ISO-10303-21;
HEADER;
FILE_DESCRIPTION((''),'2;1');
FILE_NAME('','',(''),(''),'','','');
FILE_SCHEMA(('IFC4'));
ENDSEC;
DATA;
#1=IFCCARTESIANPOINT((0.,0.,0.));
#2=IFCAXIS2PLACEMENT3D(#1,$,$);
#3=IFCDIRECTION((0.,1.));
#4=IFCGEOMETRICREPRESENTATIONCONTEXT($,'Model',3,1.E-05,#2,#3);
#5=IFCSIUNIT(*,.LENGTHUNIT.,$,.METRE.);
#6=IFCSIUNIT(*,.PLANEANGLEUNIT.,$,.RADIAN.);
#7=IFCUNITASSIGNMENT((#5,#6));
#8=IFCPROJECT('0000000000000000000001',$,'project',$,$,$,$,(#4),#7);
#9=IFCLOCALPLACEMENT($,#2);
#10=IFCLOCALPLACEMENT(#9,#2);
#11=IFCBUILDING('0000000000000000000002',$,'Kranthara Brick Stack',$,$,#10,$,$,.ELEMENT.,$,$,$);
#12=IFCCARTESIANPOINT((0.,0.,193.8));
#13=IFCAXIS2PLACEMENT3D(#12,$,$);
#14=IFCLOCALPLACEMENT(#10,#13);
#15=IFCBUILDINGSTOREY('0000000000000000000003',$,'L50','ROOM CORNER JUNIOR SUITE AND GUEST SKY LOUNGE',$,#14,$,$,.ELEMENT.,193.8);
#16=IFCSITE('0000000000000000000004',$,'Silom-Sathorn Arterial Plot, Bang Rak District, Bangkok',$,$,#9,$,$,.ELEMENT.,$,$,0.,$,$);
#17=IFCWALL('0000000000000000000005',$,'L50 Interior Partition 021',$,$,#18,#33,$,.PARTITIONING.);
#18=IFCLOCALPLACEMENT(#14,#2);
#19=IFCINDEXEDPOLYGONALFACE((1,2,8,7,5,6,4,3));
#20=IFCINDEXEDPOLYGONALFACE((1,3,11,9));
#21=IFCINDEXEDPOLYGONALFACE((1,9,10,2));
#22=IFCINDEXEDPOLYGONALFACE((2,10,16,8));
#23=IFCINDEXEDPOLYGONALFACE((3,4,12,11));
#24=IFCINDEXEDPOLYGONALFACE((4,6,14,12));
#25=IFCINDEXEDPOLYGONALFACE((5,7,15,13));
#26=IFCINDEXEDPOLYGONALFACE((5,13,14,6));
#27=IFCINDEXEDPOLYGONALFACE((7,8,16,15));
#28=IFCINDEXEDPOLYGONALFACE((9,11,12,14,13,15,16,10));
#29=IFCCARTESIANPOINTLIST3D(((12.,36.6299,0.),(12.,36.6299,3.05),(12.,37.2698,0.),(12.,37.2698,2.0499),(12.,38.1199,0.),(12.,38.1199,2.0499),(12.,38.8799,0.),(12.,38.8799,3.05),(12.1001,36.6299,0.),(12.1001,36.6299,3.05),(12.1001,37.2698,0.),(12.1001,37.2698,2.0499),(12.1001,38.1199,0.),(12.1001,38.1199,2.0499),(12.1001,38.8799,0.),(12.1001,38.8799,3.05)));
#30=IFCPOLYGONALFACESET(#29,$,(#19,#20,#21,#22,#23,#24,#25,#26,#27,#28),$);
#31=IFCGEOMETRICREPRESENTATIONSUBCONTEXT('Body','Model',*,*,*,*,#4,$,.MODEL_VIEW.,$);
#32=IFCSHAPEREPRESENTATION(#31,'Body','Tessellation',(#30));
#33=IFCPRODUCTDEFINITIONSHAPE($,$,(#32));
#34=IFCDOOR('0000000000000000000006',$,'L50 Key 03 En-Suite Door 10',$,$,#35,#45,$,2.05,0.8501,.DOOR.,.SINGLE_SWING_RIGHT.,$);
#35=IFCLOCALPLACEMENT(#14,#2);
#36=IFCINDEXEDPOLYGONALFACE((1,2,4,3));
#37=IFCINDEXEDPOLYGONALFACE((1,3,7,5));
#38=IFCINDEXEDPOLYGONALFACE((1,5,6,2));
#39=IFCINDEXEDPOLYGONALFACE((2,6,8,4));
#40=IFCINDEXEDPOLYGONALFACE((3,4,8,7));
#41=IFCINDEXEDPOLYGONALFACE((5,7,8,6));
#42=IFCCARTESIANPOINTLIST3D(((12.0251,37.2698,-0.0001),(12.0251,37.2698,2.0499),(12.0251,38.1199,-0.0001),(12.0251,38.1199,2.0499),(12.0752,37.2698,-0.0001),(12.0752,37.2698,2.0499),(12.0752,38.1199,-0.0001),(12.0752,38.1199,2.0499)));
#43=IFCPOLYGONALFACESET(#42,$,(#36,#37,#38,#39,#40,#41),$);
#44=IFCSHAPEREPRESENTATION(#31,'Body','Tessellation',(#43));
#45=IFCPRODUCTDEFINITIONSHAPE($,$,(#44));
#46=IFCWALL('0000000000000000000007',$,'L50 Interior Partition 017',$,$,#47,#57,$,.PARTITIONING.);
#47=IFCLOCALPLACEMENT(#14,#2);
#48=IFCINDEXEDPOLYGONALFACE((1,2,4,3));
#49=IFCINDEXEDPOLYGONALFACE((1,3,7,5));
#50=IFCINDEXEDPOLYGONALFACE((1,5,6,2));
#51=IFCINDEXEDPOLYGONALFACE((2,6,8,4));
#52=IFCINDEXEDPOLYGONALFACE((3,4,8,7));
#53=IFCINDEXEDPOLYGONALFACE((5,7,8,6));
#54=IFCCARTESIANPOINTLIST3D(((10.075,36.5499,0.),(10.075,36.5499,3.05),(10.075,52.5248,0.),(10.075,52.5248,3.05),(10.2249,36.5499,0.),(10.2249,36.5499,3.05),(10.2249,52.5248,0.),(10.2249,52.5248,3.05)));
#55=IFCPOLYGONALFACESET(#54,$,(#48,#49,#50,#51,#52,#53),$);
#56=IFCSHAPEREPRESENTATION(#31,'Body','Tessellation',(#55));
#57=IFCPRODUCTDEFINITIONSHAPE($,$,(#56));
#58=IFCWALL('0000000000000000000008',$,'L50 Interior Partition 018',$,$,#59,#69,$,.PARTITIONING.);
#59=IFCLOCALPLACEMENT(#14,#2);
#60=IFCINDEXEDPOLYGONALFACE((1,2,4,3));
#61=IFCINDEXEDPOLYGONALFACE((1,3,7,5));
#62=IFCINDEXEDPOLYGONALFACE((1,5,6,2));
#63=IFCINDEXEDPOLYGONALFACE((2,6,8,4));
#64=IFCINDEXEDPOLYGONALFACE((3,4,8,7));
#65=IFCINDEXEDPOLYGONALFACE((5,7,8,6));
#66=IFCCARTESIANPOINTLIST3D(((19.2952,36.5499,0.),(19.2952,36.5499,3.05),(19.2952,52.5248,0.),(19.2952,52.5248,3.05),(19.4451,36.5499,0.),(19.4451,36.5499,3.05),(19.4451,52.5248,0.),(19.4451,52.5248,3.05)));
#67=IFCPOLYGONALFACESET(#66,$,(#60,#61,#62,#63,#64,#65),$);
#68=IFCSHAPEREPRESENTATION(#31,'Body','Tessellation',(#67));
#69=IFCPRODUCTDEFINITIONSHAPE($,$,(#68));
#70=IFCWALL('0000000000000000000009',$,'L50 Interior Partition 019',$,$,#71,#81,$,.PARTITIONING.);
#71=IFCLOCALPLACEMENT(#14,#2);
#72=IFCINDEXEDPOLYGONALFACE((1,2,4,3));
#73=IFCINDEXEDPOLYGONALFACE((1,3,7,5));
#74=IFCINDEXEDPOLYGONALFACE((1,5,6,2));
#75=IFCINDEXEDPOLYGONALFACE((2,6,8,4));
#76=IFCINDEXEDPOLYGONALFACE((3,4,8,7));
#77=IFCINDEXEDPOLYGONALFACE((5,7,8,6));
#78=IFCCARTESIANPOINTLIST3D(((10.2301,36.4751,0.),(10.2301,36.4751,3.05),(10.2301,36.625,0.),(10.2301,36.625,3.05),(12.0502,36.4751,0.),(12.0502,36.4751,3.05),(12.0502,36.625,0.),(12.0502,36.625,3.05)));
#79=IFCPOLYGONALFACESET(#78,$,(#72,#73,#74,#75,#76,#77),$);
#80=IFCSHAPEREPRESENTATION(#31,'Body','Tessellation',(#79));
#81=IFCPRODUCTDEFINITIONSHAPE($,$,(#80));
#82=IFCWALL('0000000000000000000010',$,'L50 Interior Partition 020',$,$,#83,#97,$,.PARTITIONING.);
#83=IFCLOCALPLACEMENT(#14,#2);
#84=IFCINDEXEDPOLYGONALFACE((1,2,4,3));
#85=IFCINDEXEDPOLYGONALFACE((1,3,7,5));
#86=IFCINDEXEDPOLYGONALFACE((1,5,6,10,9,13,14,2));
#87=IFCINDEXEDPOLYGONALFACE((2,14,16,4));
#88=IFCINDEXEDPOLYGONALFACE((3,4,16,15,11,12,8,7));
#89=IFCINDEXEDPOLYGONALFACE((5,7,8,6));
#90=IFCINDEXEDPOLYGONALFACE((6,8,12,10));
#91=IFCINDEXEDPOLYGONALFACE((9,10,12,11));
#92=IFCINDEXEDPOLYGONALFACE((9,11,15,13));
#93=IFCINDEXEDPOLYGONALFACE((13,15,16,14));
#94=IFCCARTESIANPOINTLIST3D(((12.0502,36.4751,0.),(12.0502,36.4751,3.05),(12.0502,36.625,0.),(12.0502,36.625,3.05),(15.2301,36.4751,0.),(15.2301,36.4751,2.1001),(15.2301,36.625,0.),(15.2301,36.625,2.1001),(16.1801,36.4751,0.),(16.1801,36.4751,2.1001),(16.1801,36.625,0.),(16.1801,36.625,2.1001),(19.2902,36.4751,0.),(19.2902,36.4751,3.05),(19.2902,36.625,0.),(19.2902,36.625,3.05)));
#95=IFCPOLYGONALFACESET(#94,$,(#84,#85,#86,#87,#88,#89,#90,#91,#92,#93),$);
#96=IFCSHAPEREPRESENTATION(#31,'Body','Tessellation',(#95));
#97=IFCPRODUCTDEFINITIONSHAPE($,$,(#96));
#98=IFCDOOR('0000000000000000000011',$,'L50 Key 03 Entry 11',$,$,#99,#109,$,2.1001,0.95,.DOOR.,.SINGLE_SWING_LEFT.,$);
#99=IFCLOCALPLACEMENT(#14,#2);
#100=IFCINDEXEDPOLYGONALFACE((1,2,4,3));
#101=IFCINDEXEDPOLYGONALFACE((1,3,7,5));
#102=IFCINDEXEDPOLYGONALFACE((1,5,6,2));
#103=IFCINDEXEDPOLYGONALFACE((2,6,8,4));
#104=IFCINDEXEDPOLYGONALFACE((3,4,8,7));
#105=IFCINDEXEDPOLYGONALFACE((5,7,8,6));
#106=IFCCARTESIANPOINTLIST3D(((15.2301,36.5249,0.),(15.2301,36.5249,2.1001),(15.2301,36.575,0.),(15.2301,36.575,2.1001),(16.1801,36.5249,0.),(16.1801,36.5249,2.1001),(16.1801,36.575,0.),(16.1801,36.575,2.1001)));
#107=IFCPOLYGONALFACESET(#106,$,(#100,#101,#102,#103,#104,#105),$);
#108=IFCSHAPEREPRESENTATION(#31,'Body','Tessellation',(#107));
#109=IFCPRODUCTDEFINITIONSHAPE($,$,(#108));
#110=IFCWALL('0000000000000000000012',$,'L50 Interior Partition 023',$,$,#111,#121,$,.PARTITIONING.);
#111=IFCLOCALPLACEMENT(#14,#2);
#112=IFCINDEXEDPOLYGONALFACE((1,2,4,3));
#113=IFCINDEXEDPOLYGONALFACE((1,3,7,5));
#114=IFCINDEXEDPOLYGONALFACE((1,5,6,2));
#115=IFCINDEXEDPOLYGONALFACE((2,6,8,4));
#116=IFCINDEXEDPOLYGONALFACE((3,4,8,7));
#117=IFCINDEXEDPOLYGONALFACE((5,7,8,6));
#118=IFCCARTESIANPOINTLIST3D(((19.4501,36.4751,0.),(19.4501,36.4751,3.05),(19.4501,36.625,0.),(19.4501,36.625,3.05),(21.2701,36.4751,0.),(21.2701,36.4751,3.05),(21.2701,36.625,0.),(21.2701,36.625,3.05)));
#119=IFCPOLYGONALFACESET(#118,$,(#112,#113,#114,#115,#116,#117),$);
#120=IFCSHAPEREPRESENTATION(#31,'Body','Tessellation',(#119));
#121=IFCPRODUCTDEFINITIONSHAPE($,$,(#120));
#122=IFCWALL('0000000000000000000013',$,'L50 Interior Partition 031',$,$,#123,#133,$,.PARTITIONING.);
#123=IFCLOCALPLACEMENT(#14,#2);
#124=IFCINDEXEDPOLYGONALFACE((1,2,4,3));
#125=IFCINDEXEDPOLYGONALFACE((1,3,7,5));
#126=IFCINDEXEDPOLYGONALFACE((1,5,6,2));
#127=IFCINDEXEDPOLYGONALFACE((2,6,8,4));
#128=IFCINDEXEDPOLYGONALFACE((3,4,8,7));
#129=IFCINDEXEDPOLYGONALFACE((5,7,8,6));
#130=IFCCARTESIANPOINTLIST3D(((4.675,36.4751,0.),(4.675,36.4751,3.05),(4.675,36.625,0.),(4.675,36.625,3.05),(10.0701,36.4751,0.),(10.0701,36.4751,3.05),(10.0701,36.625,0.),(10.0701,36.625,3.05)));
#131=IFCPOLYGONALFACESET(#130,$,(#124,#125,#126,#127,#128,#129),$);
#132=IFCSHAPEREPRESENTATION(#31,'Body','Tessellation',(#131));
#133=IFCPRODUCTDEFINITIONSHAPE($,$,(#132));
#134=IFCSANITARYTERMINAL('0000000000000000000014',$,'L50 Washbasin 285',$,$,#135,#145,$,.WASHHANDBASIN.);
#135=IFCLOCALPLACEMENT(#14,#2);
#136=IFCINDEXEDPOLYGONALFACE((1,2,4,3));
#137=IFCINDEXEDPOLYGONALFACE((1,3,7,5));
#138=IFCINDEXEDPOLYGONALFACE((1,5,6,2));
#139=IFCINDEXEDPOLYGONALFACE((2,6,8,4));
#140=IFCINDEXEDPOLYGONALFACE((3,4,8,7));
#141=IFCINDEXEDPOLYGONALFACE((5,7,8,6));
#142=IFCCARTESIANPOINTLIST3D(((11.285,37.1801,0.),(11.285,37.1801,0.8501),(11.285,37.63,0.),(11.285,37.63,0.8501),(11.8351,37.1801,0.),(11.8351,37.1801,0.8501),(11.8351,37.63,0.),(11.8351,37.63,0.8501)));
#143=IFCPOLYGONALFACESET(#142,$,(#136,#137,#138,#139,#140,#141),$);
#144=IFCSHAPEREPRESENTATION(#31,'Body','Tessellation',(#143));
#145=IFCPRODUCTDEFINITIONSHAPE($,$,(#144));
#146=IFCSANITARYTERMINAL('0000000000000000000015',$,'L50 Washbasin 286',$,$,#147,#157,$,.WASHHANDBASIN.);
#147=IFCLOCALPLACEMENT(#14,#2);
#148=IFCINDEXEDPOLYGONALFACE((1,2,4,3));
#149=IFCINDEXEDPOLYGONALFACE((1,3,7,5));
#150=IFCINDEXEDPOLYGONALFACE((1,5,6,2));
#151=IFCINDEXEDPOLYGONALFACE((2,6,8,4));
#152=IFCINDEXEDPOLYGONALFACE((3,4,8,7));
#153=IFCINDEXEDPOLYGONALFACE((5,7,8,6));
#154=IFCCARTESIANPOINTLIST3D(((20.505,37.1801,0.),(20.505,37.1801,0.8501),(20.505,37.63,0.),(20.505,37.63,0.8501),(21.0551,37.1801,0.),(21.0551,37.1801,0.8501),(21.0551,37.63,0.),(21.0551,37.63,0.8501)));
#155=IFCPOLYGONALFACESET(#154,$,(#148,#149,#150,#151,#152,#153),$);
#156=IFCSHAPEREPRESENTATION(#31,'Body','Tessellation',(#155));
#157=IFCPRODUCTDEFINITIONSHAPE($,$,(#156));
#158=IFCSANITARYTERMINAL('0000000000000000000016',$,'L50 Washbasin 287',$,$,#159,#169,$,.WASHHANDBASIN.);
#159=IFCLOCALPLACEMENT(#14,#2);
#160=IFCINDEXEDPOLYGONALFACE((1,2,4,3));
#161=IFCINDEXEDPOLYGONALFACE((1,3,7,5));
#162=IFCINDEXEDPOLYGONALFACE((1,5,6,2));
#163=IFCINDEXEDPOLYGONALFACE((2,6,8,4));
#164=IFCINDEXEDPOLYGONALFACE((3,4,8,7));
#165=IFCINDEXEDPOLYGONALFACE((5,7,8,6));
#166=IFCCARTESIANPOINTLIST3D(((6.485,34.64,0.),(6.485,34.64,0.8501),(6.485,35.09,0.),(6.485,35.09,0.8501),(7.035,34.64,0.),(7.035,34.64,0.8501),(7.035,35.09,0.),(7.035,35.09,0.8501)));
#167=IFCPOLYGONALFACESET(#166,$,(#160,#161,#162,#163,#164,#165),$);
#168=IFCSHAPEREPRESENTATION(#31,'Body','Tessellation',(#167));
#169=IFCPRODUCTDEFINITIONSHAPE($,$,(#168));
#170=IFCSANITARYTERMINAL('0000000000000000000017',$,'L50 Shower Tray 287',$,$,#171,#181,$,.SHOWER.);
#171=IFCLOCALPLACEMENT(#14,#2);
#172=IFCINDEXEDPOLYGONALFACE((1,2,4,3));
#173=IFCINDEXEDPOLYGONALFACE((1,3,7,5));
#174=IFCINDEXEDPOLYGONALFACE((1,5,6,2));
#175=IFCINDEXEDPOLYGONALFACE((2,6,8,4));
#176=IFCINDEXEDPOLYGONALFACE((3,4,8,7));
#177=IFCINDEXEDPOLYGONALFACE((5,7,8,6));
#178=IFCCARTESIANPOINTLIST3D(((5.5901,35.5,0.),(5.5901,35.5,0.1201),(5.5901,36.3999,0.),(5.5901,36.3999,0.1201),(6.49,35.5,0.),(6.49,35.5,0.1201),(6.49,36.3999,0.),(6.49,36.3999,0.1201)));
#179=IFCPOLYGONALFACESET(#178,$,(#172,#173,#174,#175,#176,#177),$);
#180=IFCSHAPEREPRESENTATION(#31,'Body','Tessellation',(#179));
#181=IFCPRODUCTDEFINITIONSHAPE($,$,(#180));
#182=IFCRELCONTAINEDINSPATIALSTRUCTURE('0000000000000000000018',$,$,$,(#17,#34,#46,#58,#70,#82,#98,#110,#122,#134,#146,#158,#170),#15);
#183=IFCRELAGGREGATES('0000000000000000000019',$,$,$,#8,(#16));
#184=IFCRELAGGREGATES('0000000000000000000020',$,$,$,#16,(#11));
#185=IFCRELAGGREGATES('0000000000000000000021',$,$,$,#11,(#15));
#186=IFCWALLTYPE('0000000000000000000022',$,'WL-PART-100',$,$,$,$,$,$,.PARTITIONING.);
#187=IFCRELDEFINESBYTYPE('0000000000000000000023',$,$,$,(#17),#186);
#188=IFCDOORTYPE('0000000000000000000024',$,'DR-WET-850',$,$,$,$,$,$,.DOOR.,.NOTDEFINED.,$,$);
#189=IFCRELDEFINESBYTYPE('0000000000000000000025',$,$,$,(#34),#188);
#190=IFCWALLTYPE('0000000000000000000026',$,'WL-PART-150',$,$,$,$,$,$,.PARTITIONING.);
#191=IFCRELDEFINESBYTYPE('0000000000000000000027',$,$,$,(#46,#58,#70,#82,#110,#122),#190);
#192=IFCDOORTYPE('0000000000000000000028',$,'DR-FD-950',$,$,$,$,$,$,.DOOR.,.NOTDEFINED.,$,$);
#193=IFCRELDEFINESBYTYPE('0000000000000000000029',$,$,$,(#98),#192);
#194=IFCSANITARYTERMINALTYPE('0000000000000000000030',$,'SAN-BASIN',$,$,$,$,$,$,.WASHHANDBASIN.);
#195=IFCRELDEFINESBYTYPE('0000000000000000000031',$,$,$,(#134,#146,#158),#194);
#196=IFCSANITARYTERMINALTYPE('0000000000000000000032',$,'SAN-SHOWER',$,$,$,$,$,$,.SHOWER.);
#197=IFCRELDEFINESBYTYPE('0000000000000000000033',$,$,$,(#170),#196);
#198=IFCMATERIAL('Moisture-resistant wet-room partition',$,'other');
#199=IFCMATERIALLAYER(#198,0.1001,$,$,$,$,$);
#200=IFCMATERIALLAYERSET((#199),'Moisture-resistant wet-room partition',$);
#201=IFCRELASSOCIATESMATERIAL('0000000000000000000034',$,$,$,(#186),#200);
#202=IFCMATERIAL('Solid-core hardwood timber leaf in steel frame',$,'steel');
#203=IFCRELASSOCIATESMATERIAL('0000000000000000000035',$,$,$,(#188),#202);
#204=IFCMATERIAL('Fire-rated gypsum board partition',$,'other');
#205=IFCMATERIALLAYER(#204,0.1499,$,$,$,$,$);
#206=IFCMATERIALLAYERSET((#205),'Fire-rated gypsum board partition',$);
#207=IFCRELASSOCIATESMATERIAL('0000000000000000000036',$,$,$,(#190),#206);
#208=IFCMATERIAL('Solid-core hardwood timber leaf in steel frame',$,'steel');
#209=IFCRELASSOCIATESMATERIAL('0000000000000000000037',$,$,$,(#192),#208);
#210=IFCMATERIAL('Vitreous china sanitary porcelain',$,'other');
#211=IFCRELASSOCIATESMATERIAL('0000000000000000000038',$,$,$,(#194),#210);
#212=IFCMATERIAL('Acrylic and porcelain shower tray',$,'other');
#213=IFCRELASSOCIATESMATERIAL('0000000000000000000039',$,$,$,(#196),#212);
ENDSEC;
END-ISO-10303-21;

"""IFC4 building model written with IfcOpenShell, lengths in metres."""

from ifc_helpers import new_model, si_unit, direction, frame, frame_2d, origin, origin_2d, place, context, subcontext, project, spatial, rectangle, extrude, material, layer, layer_set, type_object, element, fill, save


model = new_model("IFC4")

# Units and contexts
model_context = context("Model", 3, precision=1e-05, world=origin(), true_north=direction((0.0, 1.0)))
body_context = subcontext(model_context, "Body", "Model", "MODEL_VIEW")
ifc_project = project(units=[si_unit("LENGTHUNIT", "METRE"), si_unit("PLANEANGLEUNIT", "RADIAN")], contexts=[model_context])

# Site, building, storey
site_placement = place(None, origin())
site = spatial("IfcSite", under=ifc_project, at=site_placement, Name="Silom-Sathorn Arterial Plot, Bang Rak District, Bangkok", CompositionType="ELEMENT", RefElevation=0.0)
building_placement = place(site_placement, origin())
building = spatial("IfcBuilding", under=site, at=building_placement, Name="Kranthara Brick Stack", CompositionType="ELEMENT")
storey_placement = place(building_placement, frame((0.0, 0.0, 193.8)))
storey = spatial("IfcBuildingStorey", under=building, at=storey_placement, Name="L50", Description="ROOM CORNER JUNIOR SUITE AND GUEST SKY LOUNGE", CompositionType="ELEMENT", Elevation=193.8)

# Wall, opening, door
ifc_material_1 = material(Name="Moisture-resistant wet-room partition", Category="other")
ifc_layer_1 = layer(ifc_material_1, 0.1001)
ifc_layer_set_1 = layer_set([ifc_layer_1], Name="Moisture-resistant wet-room partition")
wall_type_1 = type_object("IfcWallType", Name="WL-PART-100", PredefinedType="PARTITIONING", material=ifc_layer_set_1)
wall_1_placement = place(storey_placement, frame((12.05, 36.6299, 0.0), z_axis=(0.0, 0.0, 1.0), x_axis=(0.0, 1.0, 0.0)))
wall_1 = element("IfcWall", 1, at=wall_1_placement, inside=storey, type_object=wall_type_1, Name="L50 Interior Partition 021", PredefinedType="PARTITIONING", context=body_context, shape_type="SweptSolid", body=[
    extrude(rectangle(XDim=2.25, YDim=0.1001, at=frame_2d((1.125, 0.0))), origin(), (0.0, 0.0, 1.0), 3.05),
])
opening_1_placement = place(wall_1_placement, frame((0.6399, 0.0, 0.0)))
opening_1 = element("IfcOpeningElement", 2, at=opening_1_placement, cuts=wall_1, PredefinedType="OPENING", context=body_context, shape_type="SweptSolid", body=[
    extrude(rectangle(XDim=0.8501, YDim=2.05, at=frame_2d((0.425, 1.0249))), frame((0.0, 0.0601, 0.0), z_axis=(0.0, -1.0, 0.0), x_axis=(1.0, 0.0, 0.0)), (0.0, 0.0, 1.0), 0.1201),
])
ifc_material_2 = material(Name="Solid-core hardwood timber leaf in steel frame", Category="steel")
door_type_1 = type_object("IfcDoorType", Name="DR-WET-850", OperationType="NOTDEFINED", PredefinedType="DOOR", material=ifc_material_2)
door_1_placement = place(opening_1_placement, origin())
door_1 = element("IfcDoor", 3, at=door_1_placement, inside=storey, type_object=door_type_1, Name="L50 Key 03 En-Suite Door 10", OperationType="SINGLE_SWING_RIGHT", OverallHeight=2.05, OverallWidth=0.8501, PredefinedType="DOOR", context=body_context, shape_type="SweptSolid", body=[
    extrude(rectangle(XDim=0.8501, YDim=2.05, at=frame_2d((0.425, 1.0249))), frame((0.0, 0.0249, 0.0), z_axis=(0.0, -1.0, 0.0), x_axis=(1.0, 0.0, 0.0)), (0.0, 0.0, 1.0), 0.05),
])
fill(opening_1, door_1)

# Walls
ifc_material_3 = material(Name="Fire-rated gypsum board partition", Category="other")
ifc_layer_2 = layer(ifc_material_3, 0.1499)
ifc_layer_set_2 = layer_set([ifc_layer_2], Name="Fire-rated gypsum board partition")
wall_type_2 = type_object("IfcWallType", Name="WL-PART-150", PredefinedType="PARTITIONING", material=ifc_layer_set_2)
for number, where, z_axis, x_axis, name in (
    (4, (10.1499, 36.55, 0.0), (0.0, 0.0, 1.0), (0.0, 1.0, 0.0), "L50 Interior Partition 017"),
    (5, (19.3701, 36.55, 0.0), (0.0, 0.0, 1.0), (0.0, 1.0, 0.0), "L50 Interior Partition 018"),
):
    element("IfcWall", number, at=place(storey_placement, frame(where, z_axis=z_axis, x_axis=x_axis)), inside=storey, type_object=wall_type_2, Name=name, PredefinedType="PARTITIONING", context=body_context, shape_type="SweptSolid", body=[
        extrude(rectangle(XDim=15.9749, YDim=0.1499, at=frame_2d((7.9873, 0.0))), origin(), (0.0, 0.0, 1.0), 3.05),
    ])
wall_2_placement = place(storey_placement, frame((10.23, 36.55, 0.0), z_axis=(0.0, 0.0, 1.0), x_axis=(1.0, 0.0, 0.0)))
element("IfcWall", 6, at=wall_2_placement, inside=storey, type_object=wall_type_2, Name="L50 Interior Partition 019", PredefinedType="PARTITIONING", context=body_context, shape_type="SweptSolid", body=[
    extrude(rectangle(XDim=1.8201, YDim=0.1499, at=frame_2d((0.9102, 0.0))), origin(), (0.0, 0.0, 1.0), 3.05),
])

# Wall, opening, door
wall_3_placement = place(storey_placement, frame((12.05, 36.55, 0.0), z_axis=(0.0, 0.0, 1.0), x_axis=(1.0, 0.0, 0.0)))
wall_3 = element("IfcWall", 7, at=wall_3_placement, inside=storey, type_object=wall_type_2, Name="L50 Interior Partition 020", PredefinedType="PARTITIONING", context=body_context, shape_type="SweptSolid", body=[
    extrude(rectangle(XDim=7.24, YDim=0.1499, at=frame_2d((3.6201, 0.0))), origin(), (0.0, 0.0, 1.0), 3.05),
])
opening_2_placement = place(wall_3_placement, frame((3.1799, 0.0, 0.0)))
opening_2 = element("IfcOpeningElement", 8, at=opening_2_placement, cuts=wall_3, PredefinedType="OPENING", context=body_context, shape_type="SweptSolid", body=[
    extrude(rectangle(XDim=0.95, YDim=2.1001, at=frame_2d((0.4751, 1.05))), frame((0.0, 0.085, 0.0), z_axis=(0.0, -1.0, 0.0), x_axis=(1.0, 0.0, 0.0)), (0.0, 0.0, 1.0), 0.1699),
])
ifc_material_4 = material(Name="Solid-core hardwood timber leaf in steel frame", Category="steel")
door_type_2 = type_object("IfcDoorType", Name="DR-FD-950", OperationType="NOTDEFINED", PredefinedType="DOOR", material=ifc_material_4)
door_2_placement = place(opening_2_placement, origin())
door_2 = element("IfcDoor", 9, at=door_2_placement, inside=storey, type_object=door_type_2, Name="L50 Key 03 Entry 11", OperationType="SINGLE_SWING_LEFT", OverallHeight=2.1001, OverallWidth=0.95, PredefinedType="DOOR", context=body_context, shape_type="SweptSolid", body=[
    extrude(rectangle(XDim=0.95, YDim=2.1001, at=frame_2d((0.4751, 1.05))), frame((0.0, 0.0249, 0.0), z_axis=(0.0, -1.0, 0.0), x_axis=(1.0, 0.0, 0.0)), (0.0, 0.0, 1.0), 0.05),
])
fill(opening_2, door_2)

# Walls
wall_4_placement = place(storey_placement, frame((19.45, 36.55, 0.0), z_axis=(0.0, 0.0, 1.0), x_axis=(1.0, 0.0, 0.0)))
element("IfcWall", 10, at=wall_4_placement, inside=storey, type_object=wall_type_2, Name="L50 Interior Partition 023", PredefinedType="PARTITIONING", context=body_context, shape_type="SweptSolid", body=[
    extrude(rectangle(XDim=1.8201, YDim=0.1499, at=frame_2d((0.9102, 0.0))), origin(), (0.0, 0.0, 1.0), 3.05),
])
wall_5_placement = place(storey_placement, frame((4.675, 36.55, 0.0), z_axis=(0.0, 0.0, 1.0), x_axis=(1.0, 0.0, 0.0)))
element("IfcWall", 11, at=wall_5_placement, inside=storey, type_object=wall_type_2, Name="L50 Interior Partition 031", PredefinedType="PARTITIONING", context=body_context, shape_type="SweptSolid", body=[
    extrude(rectangle(XDim=5.395, YDim=0.1499, at=frame_2d((2.6975, 0.0))), origin(), (0.0, 0.0, 1.0), 3.05),
])

# Sanitary terminals
ifc_material_5 = material(Name="Vitreous china sanitary porcelain", Category="other")
sanitary_terminal_type_1 = type_object("IfcSanitaryTerminalType", Name="SAN-BASIN", PredefinedType="WASHHANDBASIN", material=ifc_material_5)
for number, where, z_axis, x_axis, name in (
    (12, (11.5601, 37.405, 0.0), (0.0, 0.0, 1.0), (1.0, 0.0, 0.0), "L50 Washbasin 285"),
    (13, (20.78, 37.405, 0.0), (0.0, 0.0, 1.0), (1.0, 0.0, 0.0), "L50 Washbasin 286"),
    (14, (6.76, 34.865, 0.0), (0.0, 0.0, 1.0), (1.0, 0.0, 0.0), "L50 Washbasin 287"),
):
    element("IfcSanitaryTerminal", number, at=place(storey_placement, frame(where, z_axis=z_axis, x_axis=x_axis)), inside=storey, type_object=sanitary_terminal_type_1, Name=name, PredefinedType="WASHHANDBASIN", context=body_context, shape_type="SweptSolid", body=[
        extrude(rectangle(XDim=0.55, YDim=0.45, at=origin_2d()), origin(), (0.0, 0.0, 1.0), 0.8501),
    ])
ifc_material_6 = material(Name="Acrylic and porcelain shower tray", Category="other")
sanitary_terminal_type_2 = type_object("IfcSanitaryTerminalType", Name="SAN-SHOWER", PredefinedType="SHOWER", material=ifc_material_6)
sanitary_terminal_placement = place(storey_placement, frame((6.04, 35.95, 0.0), z_axis=(0.0, 0.0, 1.0), x_axis=(1.0, 0.0, 0.0)))
element("IfcSanitaryTerminal", 15, at=sanitary_terminal_placement, inside=storey, type_object=sanitary_terminal_type_2, Name="L50 Shower Tray 287", PredefinedType="SHOWER", context=body_context, shape_type="SweptSolid", body=[
    extrude(rectangle(XDim=0.8999, YDim=0.8999, at=origin_2d()), origin(), (0.0, 0.0, 1.0), 0.1201),
])

save(model, "model.ifc")
